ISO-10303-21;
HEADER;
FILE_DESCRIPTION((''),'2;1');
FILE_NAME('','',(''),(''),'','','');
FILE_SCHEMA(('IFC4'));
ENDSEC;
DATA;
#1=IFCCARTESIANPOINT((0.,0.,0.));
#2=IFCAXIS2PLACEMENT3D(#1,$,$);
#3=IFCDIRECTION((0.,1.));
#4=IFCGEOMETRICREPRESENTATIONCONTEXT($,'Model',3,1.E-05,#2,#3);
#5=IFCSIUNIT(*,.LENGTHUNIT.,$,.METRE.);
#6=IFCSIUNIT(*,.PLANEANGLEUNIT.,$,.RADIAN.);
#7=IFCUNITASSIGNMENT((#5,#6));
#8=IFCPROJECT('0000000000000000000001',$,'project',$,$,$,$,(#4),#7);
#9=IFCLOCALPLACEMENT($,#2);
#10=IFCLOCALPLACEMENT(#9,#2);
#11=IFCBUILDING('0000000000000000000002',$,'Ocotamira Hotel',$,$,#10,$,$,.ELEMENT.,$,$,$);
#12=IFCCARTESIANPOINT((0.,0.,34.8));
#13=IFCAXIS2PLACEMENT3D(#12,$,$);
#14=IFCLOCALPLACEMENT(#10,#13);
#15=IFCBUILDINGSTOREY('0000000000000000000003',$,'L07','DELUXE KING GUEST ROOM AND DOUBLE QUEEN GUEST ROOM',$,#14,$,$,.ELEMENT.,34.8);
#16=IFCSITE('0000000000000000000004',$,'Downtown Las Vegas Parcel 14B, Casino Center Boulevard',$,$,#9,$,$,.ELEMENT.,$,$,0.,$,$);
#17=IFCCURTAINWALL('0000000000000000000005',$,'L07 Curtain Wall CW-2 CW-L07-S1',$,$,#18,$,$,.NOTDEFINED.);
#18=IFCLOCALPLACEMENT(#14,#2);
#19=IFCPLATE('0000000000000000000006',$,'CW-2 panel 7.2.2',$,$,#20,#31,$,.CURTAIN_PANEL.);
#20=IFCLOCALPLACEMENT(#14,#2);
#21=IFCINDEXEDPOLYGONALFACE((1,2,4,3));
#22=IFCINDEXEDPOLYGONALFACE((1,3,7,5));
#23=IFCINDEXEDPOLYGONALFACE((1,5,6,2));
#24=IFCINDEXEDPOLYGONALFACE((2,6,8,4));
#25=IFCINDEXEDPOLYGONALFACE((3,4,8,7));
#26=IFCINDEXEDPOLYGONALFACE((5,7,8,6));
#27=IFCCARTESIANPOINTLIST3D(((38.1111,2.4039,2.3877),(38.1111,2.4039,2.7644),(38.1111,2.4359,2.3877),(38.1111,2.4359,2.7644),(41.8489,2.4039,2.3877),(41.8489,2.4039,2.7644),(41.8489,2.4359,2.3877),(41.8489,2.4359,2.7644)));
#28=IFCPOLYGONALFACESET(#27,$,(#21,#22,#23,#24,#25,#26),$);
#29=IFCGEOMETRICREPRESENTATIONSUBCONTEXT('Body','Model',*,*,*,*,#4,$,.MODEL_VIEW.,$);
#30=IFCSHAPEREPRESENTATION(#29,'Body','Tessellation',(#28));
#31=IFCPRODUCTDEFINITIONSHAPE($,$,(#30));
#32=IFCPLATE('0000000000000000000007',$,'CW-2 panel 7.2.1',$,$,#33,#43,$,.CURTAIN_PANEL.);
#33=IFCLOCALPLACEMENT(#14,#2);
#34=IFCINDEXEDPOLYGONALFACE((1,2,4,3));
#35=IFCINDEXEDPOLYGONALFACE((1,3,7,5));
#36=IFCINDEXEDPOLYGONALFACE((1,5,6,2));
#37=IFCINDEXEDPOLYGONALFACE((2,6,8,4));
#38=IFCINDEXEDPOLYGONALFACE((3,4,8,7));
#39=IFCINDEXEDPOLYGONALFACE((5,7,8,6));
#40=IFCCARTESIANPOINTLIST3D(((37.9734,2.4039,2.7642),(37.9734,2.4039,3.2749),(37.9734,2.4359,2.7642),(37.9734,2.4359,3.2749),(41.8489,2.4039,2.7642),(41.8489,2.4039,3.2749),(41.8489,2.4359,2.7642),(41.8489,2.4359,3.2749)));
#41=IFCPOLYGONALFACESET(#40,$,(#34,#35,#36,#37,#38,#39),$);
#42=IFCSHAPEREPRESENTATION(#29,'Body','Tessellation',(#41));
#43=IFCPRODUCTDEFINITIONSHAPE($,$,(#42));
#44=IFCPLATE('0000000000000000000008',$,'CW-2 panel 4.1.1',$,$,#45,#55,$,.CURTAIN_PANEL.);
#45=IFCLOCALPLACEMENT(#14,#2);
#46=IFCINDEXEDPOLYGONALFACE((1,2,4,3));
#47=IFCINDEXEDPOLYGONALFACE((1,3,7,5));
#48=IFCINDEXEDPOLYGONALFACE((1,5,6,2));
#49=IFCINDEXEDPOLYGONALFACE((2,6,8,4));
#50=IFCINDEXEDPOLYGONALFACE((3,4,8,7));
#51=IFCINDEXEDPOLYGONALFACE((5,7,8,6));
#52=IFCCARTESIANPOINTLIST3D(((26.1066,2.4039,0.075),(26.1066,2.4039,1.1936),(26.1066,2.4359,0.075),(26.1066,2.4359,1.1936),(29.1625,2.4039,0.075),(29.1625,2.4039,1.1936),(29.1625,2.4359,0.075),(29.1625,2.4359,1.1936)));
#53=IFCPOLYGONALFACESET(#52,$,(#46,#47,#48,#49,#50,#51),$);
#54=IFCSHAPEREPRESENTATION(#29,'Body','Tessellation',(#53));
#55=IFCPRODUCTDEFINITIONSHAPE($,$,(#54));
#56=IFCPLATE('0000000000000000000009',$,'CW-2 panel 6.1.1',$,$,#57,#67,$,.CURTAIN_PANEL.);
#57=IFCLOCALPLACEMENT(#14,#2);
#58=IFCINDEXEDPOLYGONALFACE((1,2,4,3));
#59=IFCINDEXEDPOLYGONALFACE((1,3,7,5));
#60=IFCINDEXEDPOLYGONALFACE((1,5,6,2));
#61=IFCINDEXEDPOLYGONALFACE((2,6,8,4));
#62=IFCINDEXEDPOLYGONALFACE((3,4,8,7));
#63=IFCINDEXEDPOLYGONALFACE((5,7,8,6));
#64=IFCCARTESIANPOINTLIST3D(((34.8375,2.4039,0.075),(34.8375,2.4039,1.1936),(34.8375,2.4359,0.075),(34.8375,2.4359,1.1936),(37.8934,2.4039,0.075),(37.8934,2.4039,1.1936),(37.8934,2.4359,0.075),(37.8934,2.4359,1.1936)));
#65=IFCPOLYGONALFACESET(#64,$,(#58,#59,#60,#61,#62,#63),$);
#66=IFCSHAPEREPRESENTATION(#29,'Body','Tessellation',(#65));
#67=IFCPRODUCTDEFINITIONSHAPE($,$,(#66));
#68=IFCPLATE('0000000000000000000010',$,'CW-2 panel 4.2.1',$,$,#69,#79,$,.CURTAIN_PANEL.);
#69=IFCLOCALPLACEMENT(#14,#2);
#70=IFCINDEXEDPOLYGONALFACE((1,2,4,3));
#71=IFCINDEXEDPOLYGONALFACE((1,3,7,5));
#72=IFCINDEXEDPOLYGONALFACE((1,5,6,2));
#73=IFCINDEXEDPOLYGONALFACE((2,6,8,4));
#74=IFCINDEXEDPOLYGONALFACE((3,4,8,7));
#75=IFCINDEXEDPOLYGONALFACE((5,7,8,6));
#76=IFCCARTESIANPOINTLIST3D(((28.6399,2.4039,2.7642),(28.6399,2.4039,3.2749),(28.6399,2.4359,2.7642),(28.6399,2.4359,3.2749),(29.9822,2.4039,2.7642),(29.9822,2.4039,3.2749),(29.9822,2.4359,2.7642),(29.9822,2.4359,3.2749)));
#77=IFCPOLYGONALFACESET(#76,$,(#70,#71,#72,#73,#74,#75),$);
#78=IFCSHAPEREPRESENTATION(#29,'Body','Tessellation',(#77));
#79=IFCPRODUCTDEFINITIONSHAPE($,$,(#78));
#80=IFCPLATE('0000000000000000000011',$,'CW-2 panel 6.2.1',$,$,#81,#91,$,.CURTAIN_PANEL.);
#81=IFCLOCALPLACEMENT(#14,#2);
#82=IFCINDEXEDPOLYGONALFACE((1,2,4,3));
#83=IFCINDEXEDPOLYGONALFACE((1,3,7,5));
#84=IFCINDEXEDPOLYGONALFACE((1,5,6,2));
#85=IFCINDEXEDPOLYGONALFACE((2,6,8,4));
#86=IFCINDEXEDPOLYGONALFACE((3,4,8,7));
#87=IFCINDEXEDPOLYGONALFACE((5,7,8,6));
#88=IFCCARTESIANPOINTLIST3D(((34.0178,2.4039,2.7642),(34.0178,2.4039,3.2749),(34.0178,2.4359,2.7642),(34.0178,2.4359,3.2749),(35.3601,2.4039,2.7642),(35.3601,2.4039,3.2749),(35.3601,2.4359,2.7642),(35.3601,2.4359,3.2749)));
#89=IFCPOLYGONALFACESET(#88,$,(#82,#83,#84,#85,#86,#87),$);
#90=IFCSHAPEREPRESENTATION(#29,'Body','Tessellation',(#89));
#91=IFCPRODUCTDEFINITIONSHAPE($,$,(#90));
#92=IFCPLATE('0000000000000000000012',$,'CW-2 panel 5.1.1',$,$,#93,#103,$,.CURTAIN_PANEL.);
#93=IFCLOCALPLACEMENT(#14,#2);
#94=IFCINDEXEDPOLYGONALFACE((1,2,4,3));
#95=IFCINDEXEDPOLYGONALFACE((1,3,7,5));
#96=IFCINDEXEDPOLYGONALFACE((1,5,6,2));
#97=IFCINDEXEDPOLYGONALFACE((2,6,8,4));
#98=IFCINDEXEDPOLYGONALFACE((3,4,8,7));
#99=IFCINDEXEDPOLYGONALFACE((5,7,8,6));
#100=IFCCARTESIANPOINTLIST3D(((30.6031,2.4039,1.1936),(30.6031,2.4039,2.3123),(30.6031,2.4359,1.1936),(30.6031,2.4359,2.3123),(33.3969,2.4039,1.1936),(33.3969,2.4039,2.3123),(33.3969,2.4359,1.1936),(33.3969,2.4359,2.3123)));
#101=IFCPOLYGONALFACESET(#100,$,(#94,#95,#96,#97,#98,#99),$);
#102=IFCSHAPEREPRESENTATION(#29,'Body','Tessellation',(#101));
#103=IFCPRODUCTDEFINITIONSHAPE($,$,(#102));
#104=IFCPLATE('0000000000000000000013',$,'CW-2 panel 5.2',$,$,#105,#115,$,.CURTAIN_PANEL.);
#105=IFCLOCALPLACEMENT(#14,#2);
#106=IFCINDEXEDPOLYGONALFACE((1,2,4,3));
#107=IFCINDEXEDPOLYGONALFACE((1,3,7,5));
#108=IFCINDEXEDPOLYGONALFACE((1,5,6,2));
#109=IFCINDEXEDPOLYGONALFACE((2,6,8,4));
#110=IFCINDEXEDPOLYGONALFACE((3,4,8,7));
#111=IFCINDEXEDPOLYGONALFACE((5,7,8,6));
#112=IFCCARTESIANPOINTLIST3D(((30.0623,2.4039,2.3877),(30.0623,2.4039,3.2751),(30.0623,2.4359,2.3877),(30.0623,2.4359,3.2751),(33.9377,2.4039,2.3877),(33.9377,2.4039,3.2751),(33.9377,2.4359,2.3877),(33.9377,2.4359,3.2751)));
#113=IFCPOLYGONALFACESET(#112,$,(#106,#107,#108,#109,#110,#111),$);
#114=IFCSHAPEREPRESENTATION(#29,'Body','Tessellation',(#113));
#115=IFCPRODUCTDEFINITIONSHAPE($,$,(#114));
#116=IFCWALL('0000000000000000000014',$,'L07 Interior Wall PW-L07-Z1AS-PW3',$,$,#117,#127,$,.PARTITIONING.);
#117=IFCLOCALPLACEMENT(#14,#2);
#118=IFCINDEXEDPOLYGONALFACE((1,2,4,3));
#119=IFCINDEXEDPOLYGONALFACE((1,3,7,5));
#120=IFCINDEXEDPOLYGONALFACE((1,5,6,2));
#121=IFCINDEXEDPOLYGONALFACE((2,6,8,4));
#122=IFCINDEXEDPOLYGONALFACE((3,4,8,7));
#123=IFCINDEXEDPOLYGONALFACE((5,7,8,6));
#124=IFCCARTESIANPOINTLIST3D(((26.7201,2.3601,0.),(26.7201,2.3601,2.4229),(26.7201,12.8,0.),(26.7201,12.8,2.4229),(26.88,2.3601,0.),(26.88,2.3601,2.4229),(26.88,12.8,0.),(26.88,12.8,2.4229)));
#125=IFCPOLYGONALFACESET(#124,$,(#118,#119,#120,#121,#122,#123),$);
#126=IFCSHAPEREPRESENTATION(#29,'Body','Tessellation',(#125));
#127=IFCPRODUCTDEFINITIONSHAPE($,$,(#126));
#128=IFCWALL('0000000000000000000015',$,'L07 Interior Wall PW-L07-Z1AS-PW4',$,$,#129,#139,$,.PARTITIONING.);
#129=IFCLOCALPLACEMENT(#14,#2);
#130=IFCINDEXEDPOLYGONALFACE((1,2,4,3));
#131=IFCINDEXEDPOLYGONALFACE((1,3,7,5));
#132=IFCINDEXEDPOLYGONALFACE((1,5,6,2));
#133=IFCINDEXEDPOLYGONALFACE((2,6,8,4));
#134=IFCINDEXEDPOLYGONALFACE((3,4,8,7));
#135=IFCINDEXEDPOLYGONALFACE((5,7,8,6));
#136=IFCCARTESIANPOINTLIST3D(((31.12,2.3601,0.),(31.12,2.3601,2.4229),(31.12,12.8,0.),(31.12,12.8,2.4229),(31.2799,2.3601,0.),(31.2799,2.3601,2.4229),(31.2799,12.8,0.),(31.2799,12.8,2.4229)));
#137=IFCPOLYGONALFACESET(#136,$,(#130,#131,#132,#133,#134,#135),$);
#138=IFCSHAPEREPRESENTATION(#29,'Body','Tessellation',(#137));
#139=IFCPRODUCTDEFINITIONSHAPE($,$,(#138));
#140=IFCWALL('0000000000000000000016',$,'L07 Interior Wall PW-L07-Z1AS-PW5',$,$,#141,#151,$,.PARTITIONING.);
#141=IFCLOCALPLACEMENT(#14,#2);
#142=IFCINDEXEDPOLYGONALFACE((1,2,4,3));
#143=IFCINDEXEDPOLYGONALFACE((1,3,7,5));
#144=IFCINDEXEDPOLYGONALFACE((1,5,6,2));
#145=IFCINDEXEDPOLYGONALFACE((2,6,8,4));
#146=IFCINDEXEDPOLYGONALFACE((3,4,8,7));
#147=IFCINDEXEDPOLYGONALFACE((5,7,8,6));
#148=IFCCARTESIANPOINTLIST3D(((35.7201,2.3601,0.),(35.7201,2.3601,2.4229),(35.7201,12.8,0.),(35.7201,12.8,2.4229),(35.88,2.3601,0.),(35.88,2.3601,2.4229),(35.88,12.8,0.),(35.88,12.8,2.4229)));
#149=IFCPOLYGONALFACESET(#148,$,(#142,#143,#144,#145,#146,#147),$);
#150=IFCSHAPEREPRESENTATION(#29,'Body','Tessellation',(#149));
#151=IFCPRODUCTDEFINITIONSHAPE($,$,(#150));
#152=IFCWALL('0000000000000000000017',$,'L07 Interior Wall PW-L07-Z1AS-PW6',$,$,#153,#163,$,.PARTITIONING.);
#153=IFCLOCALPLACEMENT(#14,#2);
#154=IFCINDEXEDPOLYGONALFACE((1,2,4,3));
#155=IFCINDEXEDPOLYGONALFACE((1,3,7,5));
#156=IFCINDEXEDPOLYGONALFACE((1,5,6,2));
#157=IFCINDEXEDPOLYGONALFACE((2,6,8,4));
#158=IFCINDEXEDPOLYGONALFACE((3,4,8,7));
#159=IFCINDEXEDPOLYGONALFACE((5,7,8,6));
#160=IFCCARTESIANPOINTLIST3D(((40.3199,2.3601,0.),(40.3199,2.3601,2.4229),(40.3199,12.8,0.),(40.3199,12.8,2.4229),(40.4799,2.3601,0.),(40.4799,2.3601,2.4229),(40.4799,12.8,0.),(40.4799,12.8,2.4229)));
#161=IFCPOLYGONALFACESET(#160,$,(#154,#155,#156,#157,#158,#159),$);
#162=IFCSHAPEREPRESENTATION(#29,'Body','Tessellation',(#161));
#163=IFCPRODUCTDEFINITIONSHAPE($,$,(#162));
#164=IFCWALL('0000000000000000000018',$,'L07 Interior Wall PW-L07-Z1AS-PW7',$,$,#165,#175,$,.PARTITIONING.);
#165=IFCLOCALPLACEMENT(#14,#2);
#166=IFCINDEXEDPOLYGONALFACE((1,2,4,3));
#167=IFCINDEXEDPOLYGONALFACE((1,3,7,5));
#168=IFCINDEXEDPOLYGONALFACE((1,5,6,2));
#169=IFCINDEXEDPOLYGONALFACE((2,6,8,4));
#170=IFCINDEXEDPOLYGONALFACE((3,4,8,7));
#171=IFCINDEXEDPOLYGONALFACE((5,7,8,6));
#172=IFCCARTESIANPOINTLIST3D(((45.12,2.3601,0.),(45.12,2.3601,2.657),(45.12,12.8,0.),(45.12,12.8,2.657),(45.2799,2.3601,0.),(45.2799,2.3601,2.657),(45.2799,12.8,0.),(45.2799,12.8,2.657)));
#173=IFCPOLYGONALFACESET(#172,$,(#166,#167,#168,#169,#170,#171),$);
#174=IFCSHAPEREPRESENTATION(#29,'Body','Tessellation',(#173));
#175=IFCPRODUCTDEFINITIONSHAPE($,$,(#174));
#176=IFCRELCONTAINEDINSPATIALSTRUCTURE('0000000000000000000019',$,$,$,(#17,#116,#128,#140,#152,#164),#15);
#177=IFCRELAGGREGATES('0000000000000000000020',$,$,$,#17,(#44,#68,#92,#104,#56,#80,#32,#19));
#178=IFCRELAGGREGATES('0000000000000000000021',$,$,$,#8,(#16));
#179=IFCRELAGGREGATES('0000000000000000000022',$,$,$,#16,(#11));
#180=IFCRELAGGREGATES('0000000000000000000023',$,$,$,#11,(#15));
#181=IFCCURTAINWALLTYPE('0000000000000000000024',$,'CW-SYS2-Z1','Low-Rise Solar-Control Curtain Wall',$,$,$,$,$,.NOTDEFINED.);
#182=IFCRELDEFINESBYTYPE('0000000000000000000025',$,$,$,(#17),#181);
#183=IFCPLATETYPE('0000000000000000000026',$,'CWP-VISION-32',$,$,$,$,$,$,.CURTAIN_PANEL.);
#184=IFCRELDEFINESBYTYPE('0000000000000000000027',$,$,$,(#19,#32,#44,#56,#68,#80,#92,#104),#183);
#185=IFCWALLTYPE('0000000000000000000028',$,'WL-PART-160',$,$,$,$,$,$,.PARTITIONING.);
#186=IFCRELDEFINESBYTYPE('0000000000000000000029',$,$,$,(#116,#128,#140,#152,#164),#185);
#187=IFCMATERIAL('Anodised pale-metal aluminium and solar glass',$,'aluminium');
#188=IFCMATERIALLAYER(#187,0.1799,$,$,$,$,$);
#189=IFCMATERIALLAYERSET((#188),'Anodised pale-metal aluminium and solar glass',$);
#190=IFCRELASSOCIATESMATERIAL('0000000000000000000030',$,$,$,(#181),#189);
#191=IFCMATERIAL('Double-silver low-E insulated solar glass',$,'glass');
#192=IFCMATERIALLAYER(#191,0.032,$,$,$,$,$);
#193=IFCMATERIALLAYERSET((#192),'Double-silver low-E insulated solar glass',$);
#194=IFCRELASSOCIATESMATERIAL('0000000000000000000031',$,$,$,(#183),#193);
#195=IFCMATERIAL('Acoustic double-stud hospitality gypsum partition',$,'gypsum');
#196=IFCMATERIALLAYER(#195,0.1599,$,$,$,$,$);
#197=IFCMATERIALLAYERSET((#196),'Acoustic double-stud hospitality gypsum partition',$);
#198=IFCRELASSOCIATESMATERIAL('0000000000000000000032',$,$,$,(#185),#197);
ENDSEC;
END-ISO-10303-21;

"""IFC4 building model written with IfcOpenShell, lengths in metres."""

from ifc_helpers import new_model, si_unit, direction, frame, frame_2d, origin, origin_2d, place, context, subcontext, project, spatial, rectangle, extrude, source, transform, mapped, material, layer, layer_set, type_object, element, aggregate, save


model = new_model("IFC4")

# Units and contexts
model_context = context("Model", 3, precision=1e-05, world=origin(), true_north=direction((0.0, 1.0)))
body_context = subcontext(model_context, "Body", "Model", "MODEL_VIEW")
ifc_project = project(units=[si_unit("LENGTHUNIT", "METRE"), si_unit("PLANEANGLEUNIT", "RADIAN")], contexts=[model_context])

# Site, building, storey
site_placement = place(None, origin())
site = spatial("IfcSite", under=ifc_project, at=site_placement, Name="Downtown Las Vegas Parcel 14B, Casino Center Boulevard", CompositionType="ELEMENT", RefElevation=0.0)
building_placement = place(site_placement, origin())
building = spatial("IfcBuilding", under=site, at=building_placement, Name="Ocotamira Hotel", CompositionType="ELEMENT")
storey_placement = place(building_placement, frame((0.0, 0.0, 34.8)))
storey = spatial("IfcBuildingStorey", under=building, at=storey_placement, Name="L07", Description="DELUXE KING GUEST ROOM AND DOUBLE QUEEN GUEST ROOM", CompositionType="ELEMENT", Elevation=34.8)

# Curtain wall
ifc_material_1 = material(Name="Anodised pale-metal aluminium and solar glass", Category="aluminium")
ifc_layer_1 = layer(ifc_material_1, 0.1799)
ifc_layer_set_1 = layer_set([ifc_layer_1], Name="Anodised pale-metal aluminium and solar glass")
curtain_wall_type = type_object("IfcCurtainWallType", Name="CW-SYS2-Z1", Description="Low-Rise Solar-Control Curtain Wall", PredefinedType="NOTDEFINED", material=ifc_layer_set_1)
curtain_wall_placement = place(storey_placement, origin())
curtain_wall = element("IfcCurtainWall", 1, at=curtain_wall_placement, inside=storey, type_object=curtain_wall_type, Name="L07 Curtain Wall CW-2 CW-L07-S1", PredefinedType="NOTDEFINED")

# Plates
ifc_material_2 = material(Name="Double-silver low-E insulated solar glass", Category="glass")
ifc_layer_2 = layer(ifc_material_2, 0.032)
ifc_layer_set_2 = layer_set([ifc_layer_2], Name="Double-silver low-E insulated solar glass")
plate_type_1 = type_object("IfcPlateType", Name="CWP-VISION-32", PredefinedType="CURTAIN_PANEL", material=ifc_layer_set_2)
shared_shape_1 = source(origin(), body_context, "Body", "SweptSolid", [
    extrude(rectangle(XDim=3.7378, YDim=0.032, at=origin_2d()), origin(), (0.0, 0.0, 1.0), 0.3767),
])
plate_1_placement = place(storey_placement, frame((39.98, 2.4199, 2.3877), z_axis=(0.0, 0.0, 1.0), x_axis=(1.0, 0.0, 0.0)))
plate_1 = element("IfcPlate", 2, at=plate_1_placement, type_object=plate_type_1, Name="CW-2 panel 7.2.2", PredefinedType="CURTAIN_PANEL", context=body_context, shape_type="MappedRepresentation", body=[
    mapped(shared_shape_1, transform((0.0, 0.0, 0.0), scale=1.0)),
])
shared_shape_2 = source(origin(), body_context, "Body", "SweptSolid", [
    extrude(rectangle(XDim=3.8755, YDim=0.032, at=origin_2d()), origin(), (0.0, 0.0, 1.0), 0.5107),
])
plate_2_placement = place(storey_placement, frame((39.9111, 2.4199, 2.7642), z_axis=(0.0, 0.0, 1.0), x_axis=(1.0, 0.0, 0.0)))
plate_2 = element("IfcPlate", 3, at=plate_2_placement, type_object=plate_type_1, Name="CW-2 panel 7.2.1", PredefinedType="CURTAIN_PANEL", context=body_context, shape_type="MappedRepresentation", body=[
    mapped(shared_shape_2, transform((0.0, 0.0, 0.0), scale=1.0)),
])
shared_shape_3 = source(origin(), body_context, "Body", "SweptSolid", [
    extrude(rectangle(XDim=3.0559, YDim=0.032, at=origin_2d()), origin(), (0.0, 0.0, 1.0), 1.1187),
])
plate_3_placement = place(storey_placement, frame((27.6345, 2.4199, 0.075), z_axis=(0.0, 0.0, 1.0), x_axis=(1.0, 0.0, 0.0)))
plate_3 = element("IfcPlate", 4, at=plate_3_placement, type_object=plate_type_1, Name="CW-2 panel 4.1.1", PredefinedType="CURTAIN_PANEL", context=body_context, shape_type="MappedRepresentation", body=[
    mapped(shared_shape_3, transform((0.0, 0.0, 0.0), scale=1.0)),
])
plate_4_placement = place(storey_placement, frame((36.3655, 2.4199, 0.075), z_axis=(0.0, 0.0, 1.0), x_axis=(1.0, 0.0, 0.0)))
plate_4 = element("IfcPlate", 5, at=plate_4_placement, type_object=plate_type_1, Name="CW-2 panel 6.1.1", PredefinedType="CURTAIN_PANEL", context=body_context, shape_type="MappedRepresentation", body=[
    mapped(shared_shape_3, transform((0.0, 0.0, 0.0), scale=1.0)),
])
shared_shape_4 = source(origin(), body_context, "Body", "SweptSolid", [
    extrude(rectangle(XDim=1.3423, YDim=0.032, at=origin_2d()), origin(), (0.0, 0.0, 1.0), 0.5107),
])
plate_5_placement = place(storey_placement, frame((29.311, 2.4199, 2.7642), z_axis=(0.0, 0.0, 1.0), x_axis=(1.0, 0.0, 0.0)))
plate_5 = element("IfcPlate", 6, at=plate_5_placement, type_object=plate_type_1, Name="CW-2 panel 4.2.1", PredefinedType="CURTAIN_PANEL", context=body_context, shape_type="MappedRepresentation", body=[
    mapped(shared_shape_4, transform((0.0, 0.0, 0.0), scale=1.0)),
])
plate_6_placement = place(storey_placement, frame((34.689, 2.4199, 2.7642), z_axis=(0.0, 0.0, 1.0), x_axis=(1.0, 0.0, 0.0)))
plate_6 = element("IfcPlate", 7, at=plate_6_placement, type_object=plate_type_1, Name="CW-2 panel 6.2.1", PredefinedType="CURTAIN_PANEL", context=body_context, shape_type="MappedRepresentation", body=[
    mapped(shared_shape_4, transform((0.0, 0.0, 0.0), scale=1.0)),
])
shared_shape_5 = source(origin(), body_context, "Body", "SweptSolid", [
    extrude(rectangle(XDim=2.7937, YDim=0.032, at=origin_2d()), origin(), (0.0, 0.0, 1.0), 1.1187),
])
plate_7_placement = place(storey_placement, frame((32.0, 2.4199, 1.1936), z_axis=(0.0, 0.0, 1.0), x_axis=(1.0, 0.0, 0.0)))
plate_7 = element("IfcPlate", 8, at=plate_7_placement, type_object=plate_type_1, Name="CW-2 panel 5.1.1", PredefinedType="CURTAIN_PANEL", context=body_context, shape_type="MappedRepresentation", body=[
    mapped(shared_shape_5, transform((0.0, 0.0, 0.0), scale=1.0)),
])
shared_shape_6 = source(origin(), body_context, "Body", "SweptSolid", [
    extrude(rectangle(XDim=3.8755, YDim=0.032, at=origin_2d()), origin(), (0.0, 0.0, 1.0), 0.8875),
])
plate_8_placement = place(storey_placement, frame((32.0, 2.4199, 2.3877), z_axis=(0.0, 0.0, 1.0), x_axis=(1.0, 0.0, 0.0)))
plate_8 = element("IfcPlate", 9, at=plate_8_placement, type_object=plate_type_1, Name="CW-2 panel 5.2", PredefinedType="CURTAIN_PANEL", context=body_context, shape_type="MappedRepresentation", body=[
    mapped(shared_shape_6, transform((0.0, 0.0, 0.0), scale=1.0)),
])
aggregate(curtain_wall, [plate_3, plate_5, plate_7, plate_8, plate_4, plate_6, plate_2, plate_1])

# Walls
ifc_material_3 = material(Name="Acoustic double-stud hospitality gypsum partition", Category="gypsum")
ifc_layer_3 = layer(ifc_material_3, 0.1599)
ifc_layer_set_3 = layer_set([ifc_layer_3], Name="Acoustic double-stud hospitality gypsum partition")
wall_type = type_object("IfcWallType", Name="WL-PART-160", PredefinedType="PARTITIONING", material=ifc_layer_set_3)
for number, where, z_axis, x_axis, name in (
    (10, (26.8, 2.3601, 0.0), (0.0, 0.0, 1.0), (0.0, 1.0, 0.0), "L07 Interior Wall PW-L07-Z1AS-PW3"),
    (11, (31.2, 2.3601, 0.0), (0.0, 0.0, 1.0), (0.0, 1.0, 0.0), "L07 Interior Wall PW-L07-Z1AS-PW4"),
    (12, (35.8, 2.3601, 0.0), (0.0, 0.0, 1.0), (0.0, 1.0, 0.0), "L07 Interior Wall PW-L07-Z1AS-PW5"),
    (13, (40.3999, 2.3601, 0.0), (0.0, 0.0, 1.0), (0.0, 1.0, 0.0), "L07 Interior Wall PW-L07-Z1AS-PW6"),
):
    element("IfcWall", number, at=place(storey_placement, frame(where, z_axis=z_axis, x_axis=x_axis)), inside=storey, type_object=wall_type, Name=name, PredefinedType="PARTITIONING", context=body_context, shape_type="SweptSolid", body=[
        extrude(rectangle(XDim=10.4399, YDim=0.1599, at=frame_2d((5.22, 0.0))), origin(), (0.0, 0.0, 1.0), 2.4229),
    ])
wall_placement = place(storey_placement, frame((45.2, 2.3601, 0.0), z_axis=(0.0, 0.0, 1.0), x_axis=(0.0, 1.0, 0.0)))
element("IfcWall", 14, at=wall_placement, inside=storey, type_object=wall_type, Name="L07 Interior Wall PW-L07-Z1AS-PW7", PredefinedType="PARTITIONING", context=body_context, shape_type="SweptSolid", body=[
    extrude(rectangle(XDim=10.4399, YDim=0.1599, at=frame_2d((5.22, 0.0))), origin(), (0.0, 0.0, 1.0), 2.657),
])

save(model, "model.ifc")
